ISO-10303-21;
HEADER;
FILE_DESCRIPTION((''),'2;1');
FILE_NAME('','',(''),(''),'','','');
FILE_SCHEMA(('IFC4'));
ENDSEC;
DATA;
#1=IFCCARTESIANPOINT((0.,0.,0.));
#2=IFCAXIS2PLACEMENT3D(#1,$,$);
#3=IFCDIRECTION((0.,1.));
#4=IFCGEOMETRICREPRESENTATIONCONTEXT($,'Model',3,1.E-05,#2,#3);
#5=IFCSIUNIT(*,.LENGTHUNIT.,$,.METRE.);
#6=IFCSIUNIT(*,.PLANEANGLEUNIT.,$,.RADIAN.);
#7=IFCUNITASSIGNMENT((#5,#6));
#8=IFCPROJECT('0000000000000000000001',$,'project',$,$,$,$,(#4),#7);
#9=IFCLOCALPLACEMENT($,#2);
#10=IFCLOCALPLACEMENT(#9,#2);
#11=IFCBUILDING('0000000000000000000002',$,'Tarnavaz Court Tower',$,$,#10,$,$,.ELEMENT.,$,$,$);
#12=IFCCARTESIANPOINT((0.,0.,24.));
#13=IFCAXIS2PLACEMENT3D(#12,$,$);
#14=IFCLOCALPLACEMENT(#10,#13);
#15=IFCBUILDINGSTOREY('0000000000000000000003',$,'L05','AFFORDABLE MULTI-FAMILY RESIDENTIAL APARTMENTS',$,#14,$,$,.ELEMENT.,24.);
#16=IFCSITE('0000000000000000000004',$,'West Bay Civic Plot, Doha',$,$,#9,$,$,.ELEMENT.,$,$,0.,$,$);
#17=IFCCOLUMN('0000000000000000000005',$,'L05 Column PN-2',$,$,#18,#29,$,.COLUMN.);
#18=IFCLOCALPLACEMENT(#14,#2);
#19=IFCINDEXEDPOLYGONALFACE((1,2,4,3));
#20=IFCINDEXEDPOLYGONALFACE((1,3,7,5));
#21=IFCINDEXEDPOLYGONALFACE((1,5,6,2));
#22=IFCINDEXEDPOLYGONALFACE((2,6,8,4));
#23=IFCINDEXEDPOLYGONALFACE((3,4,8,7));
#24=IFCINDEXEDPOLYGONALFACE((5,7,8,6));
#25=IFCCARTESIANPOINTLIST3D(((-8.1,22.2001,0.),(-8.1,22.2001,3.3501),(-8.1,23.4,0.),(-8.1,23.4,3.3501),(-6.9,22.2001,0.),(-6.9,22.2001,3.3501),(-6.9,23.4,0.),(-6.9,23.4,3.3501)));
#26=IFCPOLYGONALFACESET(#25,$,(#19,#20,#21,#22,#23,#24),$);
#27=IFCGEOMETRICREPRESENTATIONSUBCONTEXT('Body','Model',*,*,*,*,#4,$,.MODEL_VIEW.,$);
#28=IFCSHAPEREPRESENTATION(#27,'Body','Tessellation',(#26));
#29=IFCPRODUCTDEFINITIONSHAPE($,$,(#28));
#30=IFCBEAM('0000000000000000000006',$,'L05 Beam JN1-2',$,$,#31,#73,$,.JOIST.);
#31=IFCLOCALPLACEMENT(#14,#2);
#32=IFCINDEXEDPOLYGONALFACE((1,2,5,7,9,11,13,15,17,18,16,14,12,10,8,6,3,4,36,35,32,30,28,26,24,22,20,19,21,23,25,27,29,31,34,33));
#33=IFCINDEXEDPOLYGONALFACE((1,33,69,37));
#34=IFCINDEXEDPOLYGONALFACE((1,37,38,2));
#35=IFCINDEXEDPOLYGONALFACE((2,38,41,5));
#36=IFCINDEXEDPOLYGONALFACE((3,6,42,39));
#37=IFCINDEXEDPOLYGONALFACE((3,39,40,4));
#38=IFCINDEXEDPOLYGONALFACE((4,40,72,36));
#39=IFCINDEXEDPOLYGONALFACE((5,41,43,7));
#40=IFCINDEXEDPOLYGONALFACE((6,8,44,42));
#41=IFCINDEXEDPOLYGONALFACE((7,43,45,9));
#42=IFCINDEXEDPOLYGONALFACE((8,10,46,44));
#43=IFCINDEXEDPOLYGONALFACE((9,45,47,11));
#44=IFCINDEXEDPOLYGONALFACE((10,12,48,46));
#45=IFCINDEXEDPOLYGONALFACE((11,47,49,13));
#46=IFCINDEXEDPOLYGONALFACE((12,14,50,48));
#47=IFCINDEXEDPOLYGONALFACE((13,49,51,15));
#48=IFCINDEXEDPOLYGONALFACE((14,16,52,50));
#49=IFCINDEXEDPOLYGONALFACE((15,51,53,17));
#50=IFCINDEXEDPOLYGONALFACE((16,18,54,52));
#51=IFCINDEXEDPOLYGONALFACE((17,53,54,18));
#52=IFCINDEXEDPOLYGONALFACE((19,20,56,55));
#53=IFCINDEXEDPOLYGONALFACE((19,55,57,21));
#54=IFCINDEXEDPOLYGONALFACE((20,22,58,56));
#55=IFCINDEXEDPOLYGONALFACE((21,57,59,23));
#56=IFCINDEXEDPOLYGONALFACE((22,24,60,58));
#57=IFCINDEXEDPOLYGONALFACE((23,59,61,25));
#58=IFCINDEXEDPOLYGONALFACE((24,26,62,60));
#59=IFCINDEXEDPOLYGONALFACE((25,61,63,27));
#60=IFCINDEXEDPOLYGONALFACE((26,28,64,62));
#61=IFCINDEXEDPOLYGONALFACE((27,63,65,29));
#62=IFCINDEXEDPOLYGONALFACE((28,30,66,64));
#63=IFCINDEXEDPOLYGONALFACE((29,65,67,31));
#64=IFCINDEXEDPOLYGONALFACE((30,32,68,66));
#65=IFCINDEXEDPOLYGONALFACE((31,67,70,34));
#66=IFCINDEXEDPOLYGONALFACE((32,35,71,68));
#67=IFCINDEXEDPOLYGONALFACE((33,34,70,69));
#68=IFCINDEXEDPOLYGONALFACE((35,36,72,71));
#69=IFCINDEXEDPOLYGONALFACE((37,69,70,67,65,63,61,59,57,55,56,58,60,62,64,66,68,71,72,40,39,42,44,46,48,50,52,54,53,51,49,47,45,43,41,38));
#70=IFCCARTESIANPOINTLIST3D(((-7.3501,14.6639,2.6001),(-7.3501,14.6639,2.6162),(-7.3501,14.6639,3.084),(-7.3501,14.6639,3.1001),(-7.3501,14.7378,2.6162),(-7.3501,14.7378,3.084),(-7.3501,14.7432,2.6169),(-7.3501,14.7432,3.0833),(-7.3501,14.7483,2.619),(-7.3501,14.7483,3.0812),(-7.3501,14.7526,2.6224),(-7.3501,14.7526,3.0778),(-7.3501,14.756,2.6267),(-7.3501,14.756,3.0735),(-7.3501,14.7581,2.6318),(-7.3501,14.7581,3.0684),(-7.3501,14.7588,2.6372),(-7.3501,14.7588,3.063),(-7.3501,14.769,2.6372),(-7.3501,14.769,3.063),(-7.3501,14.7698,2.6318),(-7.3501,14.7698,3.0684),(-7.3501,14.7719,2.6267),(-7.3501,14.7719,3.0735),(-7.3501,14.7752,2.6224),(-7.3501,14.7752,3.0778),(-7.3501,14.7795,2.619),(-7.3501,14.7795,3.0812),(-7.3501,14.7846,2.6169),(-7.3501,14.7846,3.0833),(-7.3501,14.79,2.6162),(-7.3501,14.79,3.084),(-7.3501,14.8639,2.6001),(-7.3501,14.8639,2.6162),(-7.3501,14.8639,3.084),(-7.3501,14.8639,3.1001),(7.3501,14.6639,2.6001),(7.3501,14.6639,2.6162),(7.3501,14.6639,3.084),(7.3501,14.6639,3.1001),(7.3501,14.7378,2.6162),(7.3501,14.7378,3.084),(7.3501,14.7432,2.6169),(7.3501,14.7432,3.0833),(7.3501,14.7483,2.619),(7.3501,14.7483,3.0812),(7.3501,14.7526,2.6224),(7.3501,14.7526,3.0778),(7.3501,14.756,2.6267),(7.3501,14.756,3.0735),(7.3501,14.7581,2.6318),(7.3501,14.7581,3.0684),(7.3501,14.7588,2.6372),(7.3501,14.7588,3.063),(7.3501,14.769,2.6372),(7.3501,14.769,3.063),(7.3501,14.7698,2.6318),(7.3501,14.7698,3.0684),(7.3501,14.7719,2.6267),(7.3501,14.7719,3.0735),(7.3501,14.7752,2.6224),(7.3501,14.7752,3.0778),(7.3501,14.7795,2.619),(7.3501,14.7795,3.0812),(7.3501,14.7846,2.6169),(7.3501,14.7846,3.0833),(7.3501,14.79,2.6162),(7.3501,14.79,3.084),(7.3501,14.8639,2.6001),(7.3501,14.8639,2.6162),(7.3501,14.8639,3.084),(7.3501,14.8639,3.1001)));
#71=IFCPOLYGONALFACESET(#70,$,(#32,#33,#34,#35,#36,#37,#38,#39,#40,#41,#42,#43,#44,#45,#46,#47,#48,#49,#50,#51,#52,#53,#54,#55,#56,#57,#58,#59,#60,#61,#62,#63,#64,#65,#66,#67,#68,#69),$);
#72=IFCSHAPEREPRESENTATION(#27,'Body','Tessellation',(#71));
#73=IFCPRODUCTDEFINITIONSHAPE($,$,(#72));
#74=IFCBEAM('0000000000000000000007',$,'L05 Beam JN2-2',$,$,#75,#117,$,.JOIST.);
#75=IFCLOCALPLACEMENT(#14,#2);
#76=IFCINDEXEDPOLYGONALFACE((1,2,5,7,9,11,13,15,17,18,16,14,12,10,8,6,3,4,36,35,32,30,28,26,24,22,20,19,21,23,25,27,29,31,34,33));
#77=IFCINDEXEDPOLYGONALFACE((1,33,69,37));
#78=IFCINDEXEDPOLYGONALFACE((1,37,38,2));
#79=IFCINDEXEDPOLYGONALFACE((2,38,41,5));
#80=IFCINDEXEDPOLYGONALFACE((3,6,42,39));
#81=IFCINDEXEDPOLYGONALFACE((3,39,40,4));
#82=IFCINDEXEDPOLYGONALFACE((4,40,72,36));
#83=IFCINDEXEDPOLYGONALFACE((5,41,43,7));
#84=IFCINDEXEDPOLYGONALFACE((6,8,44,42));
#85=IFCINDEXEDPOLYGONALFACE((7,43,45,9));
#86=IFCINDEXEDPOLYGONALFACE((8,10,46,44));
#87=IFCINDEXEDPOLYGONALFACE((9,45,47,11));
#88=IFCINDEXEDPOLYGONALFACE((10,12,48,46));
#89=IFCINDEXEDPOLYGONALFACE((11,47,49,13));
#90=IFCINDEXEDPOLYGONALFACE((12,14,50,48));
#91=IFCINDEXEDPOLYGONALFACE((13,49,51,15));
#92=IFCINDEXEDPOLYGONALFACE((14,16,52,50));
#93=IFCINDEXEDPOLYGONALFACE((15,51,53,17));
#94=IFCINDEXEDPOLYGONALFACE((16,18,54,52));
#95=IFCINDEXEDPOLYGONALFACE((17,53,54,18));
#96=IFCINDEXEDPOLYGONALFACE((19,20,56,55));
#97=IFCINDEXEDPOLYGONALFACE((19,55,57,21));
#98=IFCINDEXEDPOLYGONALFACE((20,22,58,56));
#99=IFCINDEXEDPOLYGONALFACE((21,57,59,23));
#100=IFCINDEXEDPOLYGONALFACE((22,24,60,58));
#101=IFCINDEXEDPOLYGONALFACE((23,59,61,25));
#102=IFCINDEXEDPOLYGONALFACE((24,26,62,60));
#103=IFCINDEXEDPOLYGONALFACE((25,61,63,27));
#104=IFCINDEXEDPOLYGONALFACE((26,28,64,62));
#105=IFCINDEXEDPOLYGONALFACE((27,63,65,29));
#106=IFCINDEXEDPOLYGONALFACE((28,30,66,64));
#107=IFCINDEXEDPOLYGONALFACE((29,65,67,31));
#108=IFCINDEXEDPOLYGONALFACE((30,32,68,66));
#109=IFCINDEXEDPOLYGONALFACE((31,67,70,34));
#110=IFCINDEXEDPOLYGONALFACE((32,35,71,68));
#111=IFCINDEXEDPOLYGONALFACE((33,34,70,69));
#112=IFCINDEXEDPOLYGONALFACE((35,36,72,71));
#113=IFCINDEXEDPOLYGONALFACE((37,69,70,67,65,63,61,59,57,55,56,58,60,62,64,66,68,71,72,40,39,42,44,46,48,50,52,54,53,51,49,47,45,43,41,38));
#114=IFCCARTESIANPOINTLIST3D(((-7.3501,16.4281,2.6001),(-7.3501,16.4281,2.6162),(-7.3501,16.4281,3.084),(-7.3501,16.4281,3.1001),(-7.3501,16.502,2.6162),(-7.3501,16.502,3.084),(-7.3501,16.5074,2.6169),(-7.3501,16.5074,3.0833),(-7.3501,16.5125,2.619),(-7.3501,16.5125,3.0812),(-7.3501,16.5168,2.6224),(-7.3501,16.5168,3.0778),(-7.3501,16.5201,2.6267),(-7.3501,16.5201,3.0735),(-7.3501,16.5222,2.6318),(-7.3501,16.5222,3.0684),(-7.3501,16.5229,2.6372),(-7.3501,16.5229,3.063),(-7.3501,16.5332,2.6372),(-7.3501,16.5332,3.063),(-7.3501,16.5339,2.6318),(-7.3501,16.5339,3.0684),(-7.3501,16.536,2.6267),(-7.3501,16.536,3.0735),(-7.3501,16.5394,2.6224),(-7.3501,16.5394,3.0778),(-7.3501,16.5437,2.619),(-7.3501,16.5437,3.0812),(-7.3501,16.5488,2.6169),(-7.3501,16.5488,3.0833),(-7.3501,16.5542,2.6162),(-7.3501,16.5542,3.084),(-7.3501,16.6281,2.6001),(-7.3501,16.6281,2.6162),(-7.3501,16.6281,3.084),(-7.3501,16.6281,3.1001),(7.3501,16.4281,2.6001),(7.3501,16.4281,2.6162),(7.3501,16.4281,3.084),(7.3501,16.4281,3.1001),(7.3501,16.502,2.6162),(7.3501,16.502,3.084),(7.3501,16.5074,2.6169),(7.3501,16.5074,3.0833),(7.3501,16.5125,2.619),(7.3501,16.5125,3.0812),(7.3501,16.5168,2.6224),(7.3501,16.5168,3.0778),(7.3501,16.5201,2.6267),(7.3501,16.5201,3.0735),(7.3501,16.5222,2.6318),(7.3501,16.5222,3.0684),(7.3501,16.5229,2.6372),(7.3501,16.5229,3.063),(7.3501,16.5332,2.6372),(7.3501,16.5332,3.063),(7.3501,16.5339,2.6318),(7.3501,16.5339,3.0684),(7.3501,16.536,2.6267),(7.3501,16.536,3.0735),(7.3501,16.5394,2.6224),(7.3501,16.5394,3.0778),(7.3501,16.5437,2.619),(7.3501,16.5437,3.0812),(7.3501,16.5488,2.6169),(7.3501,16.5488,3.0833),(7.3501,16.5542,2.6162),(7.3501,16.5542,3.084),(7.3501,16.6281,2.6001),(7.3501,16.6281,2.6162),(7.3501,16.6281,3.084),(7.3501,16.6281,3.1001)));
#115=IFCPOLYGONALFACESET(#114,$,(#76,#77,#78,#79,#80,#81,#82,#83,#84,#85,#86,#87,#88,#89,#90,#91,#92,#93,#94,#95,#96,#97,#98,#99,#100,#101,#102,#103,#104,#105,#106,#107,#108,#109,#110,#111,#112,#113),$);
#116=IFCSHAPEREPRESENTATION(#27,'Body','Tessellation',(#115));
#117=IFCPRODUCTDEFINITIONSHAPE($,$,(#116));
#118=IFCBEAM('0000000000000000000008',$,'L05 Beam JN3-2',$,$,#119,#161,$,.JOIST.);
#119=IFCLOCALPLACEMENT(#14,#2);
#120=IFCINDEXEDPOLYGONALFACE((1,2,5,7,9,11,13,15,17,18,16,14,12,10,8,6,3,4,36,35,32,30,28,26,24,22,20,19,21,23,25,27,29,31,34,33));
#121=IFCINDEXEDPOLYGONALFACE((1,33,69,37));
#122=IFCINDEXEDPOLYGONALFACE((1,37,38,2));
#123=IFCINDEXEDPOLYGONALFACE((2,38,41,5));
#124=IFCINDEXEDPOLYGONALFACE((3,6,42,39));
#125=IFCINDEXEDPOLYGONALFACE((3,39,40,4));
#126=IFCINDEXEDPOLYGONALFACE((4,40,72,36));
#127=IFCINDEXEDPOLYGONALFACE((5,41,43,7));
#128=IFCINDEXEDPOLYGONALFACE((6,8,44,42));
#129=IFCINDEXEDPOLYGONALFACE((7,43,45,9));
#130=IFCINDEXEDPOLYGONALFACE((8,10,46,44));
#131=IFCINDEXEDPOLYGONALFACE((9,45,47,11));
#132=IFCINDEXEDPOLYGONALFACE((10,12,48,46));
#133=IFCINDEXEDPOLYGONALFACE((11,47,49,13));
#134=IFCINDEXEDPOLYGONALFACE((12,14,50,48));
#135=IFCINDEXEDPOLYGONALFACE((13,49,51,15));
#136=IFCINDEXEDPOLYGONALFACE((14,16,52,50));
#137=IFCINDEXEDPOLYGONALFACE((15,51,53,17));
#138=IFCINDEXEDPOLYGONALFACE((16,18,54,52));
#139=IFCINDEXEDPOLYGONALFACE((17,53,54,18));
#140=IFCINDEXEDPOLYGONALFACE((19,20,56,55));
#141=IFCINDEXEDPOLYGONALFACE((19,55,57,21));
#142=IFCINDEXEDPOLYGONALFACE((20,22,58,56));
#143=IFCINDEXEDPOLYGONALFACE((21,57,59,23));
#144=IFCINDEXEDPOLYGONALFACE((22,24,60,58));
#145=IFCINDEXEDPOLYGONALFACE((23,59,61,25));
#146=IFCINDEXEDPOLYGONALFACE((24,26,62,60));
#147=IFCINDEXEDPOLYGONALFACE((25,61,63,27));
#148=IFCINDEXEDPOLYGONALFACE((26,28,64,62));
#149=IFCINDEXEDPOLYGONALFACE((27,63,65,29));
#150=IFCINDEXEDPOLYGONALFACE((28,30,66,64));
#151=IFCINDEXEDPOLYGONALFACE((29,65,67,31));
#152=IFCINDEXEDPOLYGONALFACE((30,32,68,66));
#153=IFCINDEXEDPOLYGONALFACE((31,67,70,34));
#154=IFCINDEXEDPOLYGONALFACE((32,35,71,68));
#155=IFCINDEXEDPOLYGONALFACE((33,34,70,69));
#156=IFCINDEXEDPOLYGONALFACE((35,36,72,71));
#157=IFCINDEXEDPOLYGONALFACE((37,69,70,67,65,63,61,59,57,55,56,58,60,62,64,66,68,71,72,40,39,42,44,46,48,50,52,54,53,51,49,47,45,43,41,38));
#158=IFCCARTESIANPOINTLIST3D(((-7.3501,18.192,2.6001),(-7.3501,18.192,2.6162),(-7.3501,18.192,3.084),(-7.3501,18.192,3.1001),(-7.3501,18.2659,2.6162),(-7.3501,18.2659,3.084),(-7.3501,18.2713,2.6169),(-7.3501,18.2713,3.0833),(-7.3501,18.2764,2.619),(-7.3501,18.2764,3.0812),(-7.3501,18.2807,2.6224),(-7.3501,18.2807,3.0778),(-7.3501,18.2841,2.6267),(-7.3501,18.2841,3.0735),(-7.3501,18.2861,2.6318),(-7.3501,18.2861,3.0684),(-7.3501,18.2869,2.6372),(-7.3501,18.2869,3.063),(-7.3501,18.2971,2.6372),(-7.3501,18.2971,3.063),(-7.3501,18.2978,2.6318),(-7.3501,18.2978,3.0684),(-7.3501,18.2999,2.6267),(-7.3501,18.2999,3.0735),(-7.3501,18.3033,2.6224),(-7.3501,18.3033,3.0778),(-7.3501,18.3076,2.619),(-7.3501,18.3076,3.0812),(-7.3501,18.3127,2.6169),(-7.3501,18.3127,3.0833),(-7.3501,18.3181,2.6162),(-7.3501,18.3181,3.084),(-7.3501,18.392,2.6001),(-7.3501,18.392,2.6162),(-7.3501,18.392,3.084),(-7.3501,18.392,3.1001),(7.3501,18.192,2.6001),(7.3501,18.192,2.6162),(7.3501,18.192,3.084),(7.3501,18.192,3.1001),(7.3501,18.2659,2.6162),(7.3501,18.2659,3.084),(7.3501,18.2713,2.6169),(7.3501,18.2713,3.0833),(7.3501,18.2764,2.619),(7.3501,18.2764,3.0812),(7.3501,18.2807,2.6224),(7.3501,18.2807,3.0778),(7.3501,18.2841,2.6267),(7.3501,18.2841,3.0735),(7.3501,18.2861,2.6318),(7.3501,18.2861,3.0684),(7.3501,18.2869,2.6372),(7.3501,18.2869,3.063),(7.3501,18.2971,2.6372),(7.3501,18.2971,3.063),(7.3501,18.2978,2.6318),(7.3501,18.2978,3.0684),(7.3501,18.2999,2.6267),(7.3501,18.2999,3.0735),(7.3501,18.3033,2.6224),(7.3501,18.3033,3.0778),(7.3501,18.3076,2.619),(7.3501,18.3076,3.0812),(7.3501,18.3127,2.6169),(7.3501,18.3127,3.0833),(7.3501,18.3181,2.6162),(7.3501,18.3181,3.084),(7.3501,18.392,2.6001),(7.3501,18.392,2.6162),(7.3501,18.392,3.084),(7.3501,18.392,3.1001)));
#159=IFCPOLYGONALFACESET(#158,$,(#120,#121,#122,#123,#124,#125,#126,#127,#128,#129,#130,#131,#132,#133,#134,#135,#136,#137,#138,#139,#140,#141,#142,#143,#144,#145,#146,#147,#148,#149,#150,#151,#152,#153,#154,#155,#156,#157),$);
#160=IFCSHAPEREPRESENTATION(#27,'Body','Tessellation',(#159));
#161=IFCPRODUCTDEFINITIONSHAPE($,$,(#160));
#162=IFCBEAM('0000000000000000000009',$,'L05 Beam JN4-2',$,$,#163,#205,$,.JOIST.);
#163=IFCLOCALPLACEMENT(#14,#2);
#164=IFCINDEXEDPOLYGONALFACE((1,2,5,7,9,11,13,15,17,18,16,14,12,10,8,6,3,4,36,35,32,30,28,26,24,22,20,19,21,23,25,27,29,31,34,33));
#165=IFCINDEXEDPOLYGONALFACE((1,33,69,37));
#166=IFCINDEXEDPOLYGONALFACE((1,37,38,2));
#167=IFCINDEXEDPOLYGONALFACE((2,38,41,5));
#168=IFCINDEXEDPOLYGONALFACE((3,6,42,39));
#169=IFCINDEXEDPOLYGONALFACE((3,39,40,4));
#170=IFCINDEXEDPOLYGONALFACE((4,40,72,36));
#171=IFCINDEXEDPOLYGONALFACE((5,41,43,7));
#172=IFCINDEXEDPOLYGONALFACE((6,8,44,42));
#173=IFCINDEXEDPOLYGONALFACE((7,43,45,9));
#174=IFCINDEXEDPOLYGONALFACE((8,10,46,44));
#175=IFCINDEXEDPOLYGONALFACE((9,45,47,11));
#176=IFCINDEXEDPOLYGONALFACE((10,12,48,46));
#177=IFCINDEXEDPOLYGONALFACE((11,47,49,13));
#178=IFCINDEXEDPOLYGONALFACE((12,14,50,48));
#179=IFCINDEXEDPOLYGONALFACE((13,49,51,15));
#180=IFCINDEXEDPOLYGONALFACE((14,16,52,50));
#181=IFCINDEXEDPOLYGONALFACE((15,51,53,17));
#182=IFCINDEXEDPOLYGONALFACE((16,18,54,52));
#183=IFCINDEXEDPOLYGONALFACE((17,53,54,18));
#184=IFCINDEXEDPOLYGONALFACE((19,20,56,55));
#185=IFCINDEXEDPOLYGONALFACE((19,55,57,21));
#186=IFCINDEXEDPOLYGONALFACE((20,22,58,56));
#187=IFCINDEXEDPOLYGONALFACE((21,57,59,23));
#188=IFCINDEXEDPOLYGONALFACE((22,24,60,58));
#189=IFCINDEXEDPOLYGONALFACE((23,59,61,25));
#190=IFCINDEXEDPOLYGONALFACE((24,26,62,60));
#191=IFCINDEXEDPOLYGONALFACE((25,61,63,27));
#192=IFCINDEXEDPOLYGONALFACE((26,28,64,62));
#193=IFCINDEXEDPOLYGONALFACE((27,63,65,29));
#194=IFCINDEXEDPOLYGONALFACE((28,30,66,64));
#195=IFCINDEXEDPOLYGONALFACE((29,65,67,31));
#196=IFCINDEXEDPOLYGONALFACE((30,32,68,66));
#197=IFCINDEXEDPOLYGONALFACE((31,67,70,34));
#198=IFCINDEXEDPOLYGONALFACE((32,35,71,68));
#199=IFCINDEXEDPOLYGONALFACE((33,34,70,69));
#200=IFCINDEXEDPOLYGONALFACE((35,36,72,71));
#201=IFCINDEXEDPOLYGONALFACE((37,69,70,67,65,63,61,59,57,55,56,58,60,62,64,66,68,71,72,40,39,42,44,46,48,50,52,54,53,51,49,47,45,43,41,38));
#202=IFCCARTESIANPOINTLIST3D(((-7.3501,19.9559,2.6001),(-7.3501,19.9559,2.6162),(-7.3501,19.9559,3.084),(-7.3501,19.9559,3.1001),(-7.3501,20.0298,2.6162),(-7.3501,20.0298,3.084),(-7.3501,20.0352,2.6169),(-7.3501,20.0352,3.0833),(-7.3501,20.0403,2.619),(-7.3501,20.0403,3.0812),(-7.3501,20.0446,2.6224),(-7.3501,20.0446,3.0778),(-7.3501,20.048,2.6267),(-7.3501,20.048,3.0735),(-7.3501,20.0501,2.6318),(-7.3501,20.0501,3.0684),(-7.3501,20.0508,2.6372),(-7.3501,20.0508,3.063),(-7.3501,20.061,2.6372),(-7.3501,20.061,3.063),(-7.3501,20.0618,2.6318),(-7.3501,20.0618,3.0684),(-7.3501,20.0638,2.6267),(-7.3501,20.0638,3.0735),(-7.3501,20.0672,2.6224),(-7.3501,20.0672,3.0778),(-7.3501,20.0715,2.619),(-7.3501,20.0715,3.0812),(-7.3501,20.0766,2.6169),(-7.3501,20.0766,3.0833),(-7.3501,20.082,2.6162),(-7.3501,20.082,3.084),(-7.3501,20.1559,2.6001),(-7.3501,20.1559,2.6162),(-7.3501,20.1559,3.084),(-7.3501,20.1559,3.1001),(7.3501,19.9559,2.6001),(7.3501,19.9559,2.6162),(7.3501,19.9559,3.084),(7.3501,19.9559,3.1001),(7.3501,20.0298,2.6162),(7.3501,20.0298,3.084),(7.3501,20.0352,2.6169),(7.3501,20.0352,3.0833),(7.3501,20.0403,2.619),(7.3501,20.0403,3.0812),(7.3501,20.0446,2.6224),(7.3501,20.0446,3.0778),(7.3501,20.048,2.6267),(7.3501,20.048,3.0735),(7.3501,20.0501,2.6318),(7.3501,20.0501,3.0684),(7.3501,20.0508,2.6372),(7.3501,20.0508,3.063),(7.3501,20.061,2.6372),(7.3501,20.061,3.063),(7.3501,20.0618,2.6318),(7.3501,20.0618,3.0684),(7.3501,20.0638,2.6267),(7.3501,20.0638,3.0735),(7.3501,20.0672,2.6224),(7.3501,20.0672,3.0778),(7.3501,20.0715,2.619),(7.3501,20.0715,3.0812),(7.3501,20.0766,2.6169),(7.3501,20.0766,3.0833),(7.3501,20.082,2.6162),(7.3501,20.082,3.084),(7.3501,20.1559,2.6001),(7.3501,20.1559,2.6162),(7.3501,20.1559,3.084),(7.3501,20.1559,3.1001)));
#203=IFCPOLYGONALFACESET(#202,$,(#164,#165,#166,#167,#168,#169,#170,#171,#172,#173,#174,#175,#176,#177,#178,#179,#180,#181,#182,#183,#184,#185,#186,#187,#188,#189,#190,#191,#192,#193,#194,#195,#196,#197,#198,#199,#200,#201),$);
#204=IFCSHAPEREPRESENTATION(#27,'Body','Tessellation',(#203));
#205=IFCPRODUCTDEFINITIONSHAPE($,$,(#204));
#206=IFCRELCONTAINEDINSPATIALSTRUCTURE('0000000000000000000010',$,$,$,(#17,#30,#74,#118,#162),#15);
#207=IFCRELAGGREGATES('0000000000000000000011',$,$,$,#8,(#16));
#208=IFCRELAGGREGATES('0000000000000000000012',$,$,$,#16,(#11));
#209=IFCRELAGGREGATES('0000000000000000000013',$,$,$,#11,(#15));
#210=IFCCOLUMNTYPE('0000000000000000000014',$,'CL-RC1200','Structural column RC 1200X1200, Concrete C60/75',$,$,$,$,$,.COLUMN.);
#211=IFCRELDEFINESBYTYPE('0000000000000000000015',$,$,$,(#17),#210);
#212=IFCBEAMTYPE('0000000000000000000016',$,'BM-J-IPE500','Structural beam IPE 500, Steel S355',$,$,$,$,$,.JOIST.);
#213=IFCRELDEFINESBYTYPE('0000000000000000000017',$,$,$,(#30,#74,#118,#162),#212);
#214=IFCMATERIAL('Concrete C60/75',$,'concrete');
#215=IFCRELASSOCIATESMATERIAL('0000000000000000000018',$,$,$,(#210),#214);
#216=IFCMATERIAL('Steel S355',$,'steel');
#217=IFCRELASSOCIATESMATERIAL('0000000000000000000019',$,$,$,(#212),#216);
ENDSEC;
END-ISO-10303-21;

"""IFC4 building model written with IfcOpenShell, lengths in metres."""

from ifc_helpers import new_model, si_unit, direction, frame, origin, origin_2d, place, context, subcontext, project, spatial, rectangle, i_section, extrude, material, material_profile, profile_set, type_object, element, save


model = new_model("IFC4")

# Units and contexts
model_context = context("Model", 3, precision=1e-05, world=origin(), true_north=direction((0.0, 1.0)))
body_context = subcontext(model_context, "Body", "Model", "MODEL_VIEW")
ifc_project = project(units=[si_unit("LENGTHUNIT", "METRE"), si_unit("PLANEANGLEUNIT", "RADIAN")], contexts=[model_context])

# Site, building, storey
site_placement = place(None, origin())
site = spatial("IfcSite", under=ifc_project, at=site_placement, Name="West Bay Civic Plot, Doha", CompositionType="ELEMENT", RefElevation=0.0)
building_placement = place(site_placement, origin())
building = spatial("IfcBuilding", under=site, at=building_placement, Name="Tarnavaz Court Tower", CompositionType="ELEMENT")
storey_placement = place(building_placement, frame((0.0, 0.0, 24.0)))
storey = spatial("IfcBuildingStorey", under=building, at=storey_placement, Name="L05", Description="AFFORDABLE MULTI-FAMILY RESIDENTIAL APARTMENTS", CompositionType="ELEMENT", Elevation=24.0)

# Column
ifc_material_1 = material(Name="Concrete C60/75", Category="concrete")
ifc_material_profile_1 = material_profile(ifc_material_1, rectangle(XDim=1.2, YDim=1.2, at=origin_2d()), Name="RC 1200X1200")
ifc_profile_set_1 = profile_set([ifc_material_profile_1], Name="Concrete C60/75")
column_type = type_object("IfcColumnType", Name="CL-RC1200", Description="Structural column RC 1200X1200, Concrete C60/75", PredefinedType="COLUMN", material=ifc_profile_set_1)
column_placement = place(storey_placement, frame((-7.5, 22.8, 0.0), z_axis=(0.0, 0.0, 1.0), x_axis=(1.0, 0.0, 0.0)))
element("IfcColumn", 1, at=column_placement, inside=storey, type_object=column_type, Name="L05 Column PN-2", PredefinedType="COLUMN", context=body_context, shape_type="SweptSolid", body=[
    extrude(rectangle(XDim=1.2, YDim=1.2, at=origin_2d()), origin(), (0.0, 0.0, 1.0), 3.3501),
])

# Beams
ifc_material_2 = material(Name="Steel S355", Category="steel")
ifc_material_profile_2 = material_profile(ifc_material_2, i_section(OverallWidth=0.2, OverallDepth=0.5, WebThickness=0.0103, FlangeThickness=0.0161, FilletRadius=0.021, at=origin_2d()), Name="IPE 500")
ifc_profile_set_2 = profile_set([ifc_material_profile_2], Name="Steel S355")
beam_type_1 = type_object("IfcBeamType", Name="BM-J-IPE500", Description="Structural beam IPE 500, Steel S355", PredefinedType="JOIST", material=ifc_profile_set_2)
for number, where, z_axis, x_axis, name in (
    (2, (-7.3501, 14.7639, 2.8501), (1.0, 0.0, 0.0), (0.0, 1.0, 0.0), "L05 Beam JN1-2"),
    (3, (-7.3501, 16.5281, 2.8501), (1.0, 0.0, 0.0), (0.0, 1.0, 0.0), "L05 Beam JN2-2"),
    (4, (-7.3501, 18.292, 2.8501), (1.0, 0.0, 0.0), (0.0, 1.0, 0.0), "L05 Beam JN3-2"),
    (5, (-7.3501, 20.0559, 2.8501), (1.0, 0.0, 0.0), (0.0, 1.0, 0.0), "L05 Beam JN4-2"),
):
    element("IfcBeam", number, at=place(storey_placement, frame(where, z_axis=z_axis, x_axis=x_axis)), inside=storey, type_object=beam_type_1, Name=name, PredefinedType="JOIST", context=body_context, shape_type="SweptSolid", body=[
        extrude(i_section(OverallWidth=0.2, OverallDepth=0.5, WebThickness=0.0103, FlangeThickness=0.0161, FilletRadius=0.021, at=origin_2d()), origin(), (0.0, 0.0, 1.0), 14.7002),
    ])

save(model, "model.ifc")
